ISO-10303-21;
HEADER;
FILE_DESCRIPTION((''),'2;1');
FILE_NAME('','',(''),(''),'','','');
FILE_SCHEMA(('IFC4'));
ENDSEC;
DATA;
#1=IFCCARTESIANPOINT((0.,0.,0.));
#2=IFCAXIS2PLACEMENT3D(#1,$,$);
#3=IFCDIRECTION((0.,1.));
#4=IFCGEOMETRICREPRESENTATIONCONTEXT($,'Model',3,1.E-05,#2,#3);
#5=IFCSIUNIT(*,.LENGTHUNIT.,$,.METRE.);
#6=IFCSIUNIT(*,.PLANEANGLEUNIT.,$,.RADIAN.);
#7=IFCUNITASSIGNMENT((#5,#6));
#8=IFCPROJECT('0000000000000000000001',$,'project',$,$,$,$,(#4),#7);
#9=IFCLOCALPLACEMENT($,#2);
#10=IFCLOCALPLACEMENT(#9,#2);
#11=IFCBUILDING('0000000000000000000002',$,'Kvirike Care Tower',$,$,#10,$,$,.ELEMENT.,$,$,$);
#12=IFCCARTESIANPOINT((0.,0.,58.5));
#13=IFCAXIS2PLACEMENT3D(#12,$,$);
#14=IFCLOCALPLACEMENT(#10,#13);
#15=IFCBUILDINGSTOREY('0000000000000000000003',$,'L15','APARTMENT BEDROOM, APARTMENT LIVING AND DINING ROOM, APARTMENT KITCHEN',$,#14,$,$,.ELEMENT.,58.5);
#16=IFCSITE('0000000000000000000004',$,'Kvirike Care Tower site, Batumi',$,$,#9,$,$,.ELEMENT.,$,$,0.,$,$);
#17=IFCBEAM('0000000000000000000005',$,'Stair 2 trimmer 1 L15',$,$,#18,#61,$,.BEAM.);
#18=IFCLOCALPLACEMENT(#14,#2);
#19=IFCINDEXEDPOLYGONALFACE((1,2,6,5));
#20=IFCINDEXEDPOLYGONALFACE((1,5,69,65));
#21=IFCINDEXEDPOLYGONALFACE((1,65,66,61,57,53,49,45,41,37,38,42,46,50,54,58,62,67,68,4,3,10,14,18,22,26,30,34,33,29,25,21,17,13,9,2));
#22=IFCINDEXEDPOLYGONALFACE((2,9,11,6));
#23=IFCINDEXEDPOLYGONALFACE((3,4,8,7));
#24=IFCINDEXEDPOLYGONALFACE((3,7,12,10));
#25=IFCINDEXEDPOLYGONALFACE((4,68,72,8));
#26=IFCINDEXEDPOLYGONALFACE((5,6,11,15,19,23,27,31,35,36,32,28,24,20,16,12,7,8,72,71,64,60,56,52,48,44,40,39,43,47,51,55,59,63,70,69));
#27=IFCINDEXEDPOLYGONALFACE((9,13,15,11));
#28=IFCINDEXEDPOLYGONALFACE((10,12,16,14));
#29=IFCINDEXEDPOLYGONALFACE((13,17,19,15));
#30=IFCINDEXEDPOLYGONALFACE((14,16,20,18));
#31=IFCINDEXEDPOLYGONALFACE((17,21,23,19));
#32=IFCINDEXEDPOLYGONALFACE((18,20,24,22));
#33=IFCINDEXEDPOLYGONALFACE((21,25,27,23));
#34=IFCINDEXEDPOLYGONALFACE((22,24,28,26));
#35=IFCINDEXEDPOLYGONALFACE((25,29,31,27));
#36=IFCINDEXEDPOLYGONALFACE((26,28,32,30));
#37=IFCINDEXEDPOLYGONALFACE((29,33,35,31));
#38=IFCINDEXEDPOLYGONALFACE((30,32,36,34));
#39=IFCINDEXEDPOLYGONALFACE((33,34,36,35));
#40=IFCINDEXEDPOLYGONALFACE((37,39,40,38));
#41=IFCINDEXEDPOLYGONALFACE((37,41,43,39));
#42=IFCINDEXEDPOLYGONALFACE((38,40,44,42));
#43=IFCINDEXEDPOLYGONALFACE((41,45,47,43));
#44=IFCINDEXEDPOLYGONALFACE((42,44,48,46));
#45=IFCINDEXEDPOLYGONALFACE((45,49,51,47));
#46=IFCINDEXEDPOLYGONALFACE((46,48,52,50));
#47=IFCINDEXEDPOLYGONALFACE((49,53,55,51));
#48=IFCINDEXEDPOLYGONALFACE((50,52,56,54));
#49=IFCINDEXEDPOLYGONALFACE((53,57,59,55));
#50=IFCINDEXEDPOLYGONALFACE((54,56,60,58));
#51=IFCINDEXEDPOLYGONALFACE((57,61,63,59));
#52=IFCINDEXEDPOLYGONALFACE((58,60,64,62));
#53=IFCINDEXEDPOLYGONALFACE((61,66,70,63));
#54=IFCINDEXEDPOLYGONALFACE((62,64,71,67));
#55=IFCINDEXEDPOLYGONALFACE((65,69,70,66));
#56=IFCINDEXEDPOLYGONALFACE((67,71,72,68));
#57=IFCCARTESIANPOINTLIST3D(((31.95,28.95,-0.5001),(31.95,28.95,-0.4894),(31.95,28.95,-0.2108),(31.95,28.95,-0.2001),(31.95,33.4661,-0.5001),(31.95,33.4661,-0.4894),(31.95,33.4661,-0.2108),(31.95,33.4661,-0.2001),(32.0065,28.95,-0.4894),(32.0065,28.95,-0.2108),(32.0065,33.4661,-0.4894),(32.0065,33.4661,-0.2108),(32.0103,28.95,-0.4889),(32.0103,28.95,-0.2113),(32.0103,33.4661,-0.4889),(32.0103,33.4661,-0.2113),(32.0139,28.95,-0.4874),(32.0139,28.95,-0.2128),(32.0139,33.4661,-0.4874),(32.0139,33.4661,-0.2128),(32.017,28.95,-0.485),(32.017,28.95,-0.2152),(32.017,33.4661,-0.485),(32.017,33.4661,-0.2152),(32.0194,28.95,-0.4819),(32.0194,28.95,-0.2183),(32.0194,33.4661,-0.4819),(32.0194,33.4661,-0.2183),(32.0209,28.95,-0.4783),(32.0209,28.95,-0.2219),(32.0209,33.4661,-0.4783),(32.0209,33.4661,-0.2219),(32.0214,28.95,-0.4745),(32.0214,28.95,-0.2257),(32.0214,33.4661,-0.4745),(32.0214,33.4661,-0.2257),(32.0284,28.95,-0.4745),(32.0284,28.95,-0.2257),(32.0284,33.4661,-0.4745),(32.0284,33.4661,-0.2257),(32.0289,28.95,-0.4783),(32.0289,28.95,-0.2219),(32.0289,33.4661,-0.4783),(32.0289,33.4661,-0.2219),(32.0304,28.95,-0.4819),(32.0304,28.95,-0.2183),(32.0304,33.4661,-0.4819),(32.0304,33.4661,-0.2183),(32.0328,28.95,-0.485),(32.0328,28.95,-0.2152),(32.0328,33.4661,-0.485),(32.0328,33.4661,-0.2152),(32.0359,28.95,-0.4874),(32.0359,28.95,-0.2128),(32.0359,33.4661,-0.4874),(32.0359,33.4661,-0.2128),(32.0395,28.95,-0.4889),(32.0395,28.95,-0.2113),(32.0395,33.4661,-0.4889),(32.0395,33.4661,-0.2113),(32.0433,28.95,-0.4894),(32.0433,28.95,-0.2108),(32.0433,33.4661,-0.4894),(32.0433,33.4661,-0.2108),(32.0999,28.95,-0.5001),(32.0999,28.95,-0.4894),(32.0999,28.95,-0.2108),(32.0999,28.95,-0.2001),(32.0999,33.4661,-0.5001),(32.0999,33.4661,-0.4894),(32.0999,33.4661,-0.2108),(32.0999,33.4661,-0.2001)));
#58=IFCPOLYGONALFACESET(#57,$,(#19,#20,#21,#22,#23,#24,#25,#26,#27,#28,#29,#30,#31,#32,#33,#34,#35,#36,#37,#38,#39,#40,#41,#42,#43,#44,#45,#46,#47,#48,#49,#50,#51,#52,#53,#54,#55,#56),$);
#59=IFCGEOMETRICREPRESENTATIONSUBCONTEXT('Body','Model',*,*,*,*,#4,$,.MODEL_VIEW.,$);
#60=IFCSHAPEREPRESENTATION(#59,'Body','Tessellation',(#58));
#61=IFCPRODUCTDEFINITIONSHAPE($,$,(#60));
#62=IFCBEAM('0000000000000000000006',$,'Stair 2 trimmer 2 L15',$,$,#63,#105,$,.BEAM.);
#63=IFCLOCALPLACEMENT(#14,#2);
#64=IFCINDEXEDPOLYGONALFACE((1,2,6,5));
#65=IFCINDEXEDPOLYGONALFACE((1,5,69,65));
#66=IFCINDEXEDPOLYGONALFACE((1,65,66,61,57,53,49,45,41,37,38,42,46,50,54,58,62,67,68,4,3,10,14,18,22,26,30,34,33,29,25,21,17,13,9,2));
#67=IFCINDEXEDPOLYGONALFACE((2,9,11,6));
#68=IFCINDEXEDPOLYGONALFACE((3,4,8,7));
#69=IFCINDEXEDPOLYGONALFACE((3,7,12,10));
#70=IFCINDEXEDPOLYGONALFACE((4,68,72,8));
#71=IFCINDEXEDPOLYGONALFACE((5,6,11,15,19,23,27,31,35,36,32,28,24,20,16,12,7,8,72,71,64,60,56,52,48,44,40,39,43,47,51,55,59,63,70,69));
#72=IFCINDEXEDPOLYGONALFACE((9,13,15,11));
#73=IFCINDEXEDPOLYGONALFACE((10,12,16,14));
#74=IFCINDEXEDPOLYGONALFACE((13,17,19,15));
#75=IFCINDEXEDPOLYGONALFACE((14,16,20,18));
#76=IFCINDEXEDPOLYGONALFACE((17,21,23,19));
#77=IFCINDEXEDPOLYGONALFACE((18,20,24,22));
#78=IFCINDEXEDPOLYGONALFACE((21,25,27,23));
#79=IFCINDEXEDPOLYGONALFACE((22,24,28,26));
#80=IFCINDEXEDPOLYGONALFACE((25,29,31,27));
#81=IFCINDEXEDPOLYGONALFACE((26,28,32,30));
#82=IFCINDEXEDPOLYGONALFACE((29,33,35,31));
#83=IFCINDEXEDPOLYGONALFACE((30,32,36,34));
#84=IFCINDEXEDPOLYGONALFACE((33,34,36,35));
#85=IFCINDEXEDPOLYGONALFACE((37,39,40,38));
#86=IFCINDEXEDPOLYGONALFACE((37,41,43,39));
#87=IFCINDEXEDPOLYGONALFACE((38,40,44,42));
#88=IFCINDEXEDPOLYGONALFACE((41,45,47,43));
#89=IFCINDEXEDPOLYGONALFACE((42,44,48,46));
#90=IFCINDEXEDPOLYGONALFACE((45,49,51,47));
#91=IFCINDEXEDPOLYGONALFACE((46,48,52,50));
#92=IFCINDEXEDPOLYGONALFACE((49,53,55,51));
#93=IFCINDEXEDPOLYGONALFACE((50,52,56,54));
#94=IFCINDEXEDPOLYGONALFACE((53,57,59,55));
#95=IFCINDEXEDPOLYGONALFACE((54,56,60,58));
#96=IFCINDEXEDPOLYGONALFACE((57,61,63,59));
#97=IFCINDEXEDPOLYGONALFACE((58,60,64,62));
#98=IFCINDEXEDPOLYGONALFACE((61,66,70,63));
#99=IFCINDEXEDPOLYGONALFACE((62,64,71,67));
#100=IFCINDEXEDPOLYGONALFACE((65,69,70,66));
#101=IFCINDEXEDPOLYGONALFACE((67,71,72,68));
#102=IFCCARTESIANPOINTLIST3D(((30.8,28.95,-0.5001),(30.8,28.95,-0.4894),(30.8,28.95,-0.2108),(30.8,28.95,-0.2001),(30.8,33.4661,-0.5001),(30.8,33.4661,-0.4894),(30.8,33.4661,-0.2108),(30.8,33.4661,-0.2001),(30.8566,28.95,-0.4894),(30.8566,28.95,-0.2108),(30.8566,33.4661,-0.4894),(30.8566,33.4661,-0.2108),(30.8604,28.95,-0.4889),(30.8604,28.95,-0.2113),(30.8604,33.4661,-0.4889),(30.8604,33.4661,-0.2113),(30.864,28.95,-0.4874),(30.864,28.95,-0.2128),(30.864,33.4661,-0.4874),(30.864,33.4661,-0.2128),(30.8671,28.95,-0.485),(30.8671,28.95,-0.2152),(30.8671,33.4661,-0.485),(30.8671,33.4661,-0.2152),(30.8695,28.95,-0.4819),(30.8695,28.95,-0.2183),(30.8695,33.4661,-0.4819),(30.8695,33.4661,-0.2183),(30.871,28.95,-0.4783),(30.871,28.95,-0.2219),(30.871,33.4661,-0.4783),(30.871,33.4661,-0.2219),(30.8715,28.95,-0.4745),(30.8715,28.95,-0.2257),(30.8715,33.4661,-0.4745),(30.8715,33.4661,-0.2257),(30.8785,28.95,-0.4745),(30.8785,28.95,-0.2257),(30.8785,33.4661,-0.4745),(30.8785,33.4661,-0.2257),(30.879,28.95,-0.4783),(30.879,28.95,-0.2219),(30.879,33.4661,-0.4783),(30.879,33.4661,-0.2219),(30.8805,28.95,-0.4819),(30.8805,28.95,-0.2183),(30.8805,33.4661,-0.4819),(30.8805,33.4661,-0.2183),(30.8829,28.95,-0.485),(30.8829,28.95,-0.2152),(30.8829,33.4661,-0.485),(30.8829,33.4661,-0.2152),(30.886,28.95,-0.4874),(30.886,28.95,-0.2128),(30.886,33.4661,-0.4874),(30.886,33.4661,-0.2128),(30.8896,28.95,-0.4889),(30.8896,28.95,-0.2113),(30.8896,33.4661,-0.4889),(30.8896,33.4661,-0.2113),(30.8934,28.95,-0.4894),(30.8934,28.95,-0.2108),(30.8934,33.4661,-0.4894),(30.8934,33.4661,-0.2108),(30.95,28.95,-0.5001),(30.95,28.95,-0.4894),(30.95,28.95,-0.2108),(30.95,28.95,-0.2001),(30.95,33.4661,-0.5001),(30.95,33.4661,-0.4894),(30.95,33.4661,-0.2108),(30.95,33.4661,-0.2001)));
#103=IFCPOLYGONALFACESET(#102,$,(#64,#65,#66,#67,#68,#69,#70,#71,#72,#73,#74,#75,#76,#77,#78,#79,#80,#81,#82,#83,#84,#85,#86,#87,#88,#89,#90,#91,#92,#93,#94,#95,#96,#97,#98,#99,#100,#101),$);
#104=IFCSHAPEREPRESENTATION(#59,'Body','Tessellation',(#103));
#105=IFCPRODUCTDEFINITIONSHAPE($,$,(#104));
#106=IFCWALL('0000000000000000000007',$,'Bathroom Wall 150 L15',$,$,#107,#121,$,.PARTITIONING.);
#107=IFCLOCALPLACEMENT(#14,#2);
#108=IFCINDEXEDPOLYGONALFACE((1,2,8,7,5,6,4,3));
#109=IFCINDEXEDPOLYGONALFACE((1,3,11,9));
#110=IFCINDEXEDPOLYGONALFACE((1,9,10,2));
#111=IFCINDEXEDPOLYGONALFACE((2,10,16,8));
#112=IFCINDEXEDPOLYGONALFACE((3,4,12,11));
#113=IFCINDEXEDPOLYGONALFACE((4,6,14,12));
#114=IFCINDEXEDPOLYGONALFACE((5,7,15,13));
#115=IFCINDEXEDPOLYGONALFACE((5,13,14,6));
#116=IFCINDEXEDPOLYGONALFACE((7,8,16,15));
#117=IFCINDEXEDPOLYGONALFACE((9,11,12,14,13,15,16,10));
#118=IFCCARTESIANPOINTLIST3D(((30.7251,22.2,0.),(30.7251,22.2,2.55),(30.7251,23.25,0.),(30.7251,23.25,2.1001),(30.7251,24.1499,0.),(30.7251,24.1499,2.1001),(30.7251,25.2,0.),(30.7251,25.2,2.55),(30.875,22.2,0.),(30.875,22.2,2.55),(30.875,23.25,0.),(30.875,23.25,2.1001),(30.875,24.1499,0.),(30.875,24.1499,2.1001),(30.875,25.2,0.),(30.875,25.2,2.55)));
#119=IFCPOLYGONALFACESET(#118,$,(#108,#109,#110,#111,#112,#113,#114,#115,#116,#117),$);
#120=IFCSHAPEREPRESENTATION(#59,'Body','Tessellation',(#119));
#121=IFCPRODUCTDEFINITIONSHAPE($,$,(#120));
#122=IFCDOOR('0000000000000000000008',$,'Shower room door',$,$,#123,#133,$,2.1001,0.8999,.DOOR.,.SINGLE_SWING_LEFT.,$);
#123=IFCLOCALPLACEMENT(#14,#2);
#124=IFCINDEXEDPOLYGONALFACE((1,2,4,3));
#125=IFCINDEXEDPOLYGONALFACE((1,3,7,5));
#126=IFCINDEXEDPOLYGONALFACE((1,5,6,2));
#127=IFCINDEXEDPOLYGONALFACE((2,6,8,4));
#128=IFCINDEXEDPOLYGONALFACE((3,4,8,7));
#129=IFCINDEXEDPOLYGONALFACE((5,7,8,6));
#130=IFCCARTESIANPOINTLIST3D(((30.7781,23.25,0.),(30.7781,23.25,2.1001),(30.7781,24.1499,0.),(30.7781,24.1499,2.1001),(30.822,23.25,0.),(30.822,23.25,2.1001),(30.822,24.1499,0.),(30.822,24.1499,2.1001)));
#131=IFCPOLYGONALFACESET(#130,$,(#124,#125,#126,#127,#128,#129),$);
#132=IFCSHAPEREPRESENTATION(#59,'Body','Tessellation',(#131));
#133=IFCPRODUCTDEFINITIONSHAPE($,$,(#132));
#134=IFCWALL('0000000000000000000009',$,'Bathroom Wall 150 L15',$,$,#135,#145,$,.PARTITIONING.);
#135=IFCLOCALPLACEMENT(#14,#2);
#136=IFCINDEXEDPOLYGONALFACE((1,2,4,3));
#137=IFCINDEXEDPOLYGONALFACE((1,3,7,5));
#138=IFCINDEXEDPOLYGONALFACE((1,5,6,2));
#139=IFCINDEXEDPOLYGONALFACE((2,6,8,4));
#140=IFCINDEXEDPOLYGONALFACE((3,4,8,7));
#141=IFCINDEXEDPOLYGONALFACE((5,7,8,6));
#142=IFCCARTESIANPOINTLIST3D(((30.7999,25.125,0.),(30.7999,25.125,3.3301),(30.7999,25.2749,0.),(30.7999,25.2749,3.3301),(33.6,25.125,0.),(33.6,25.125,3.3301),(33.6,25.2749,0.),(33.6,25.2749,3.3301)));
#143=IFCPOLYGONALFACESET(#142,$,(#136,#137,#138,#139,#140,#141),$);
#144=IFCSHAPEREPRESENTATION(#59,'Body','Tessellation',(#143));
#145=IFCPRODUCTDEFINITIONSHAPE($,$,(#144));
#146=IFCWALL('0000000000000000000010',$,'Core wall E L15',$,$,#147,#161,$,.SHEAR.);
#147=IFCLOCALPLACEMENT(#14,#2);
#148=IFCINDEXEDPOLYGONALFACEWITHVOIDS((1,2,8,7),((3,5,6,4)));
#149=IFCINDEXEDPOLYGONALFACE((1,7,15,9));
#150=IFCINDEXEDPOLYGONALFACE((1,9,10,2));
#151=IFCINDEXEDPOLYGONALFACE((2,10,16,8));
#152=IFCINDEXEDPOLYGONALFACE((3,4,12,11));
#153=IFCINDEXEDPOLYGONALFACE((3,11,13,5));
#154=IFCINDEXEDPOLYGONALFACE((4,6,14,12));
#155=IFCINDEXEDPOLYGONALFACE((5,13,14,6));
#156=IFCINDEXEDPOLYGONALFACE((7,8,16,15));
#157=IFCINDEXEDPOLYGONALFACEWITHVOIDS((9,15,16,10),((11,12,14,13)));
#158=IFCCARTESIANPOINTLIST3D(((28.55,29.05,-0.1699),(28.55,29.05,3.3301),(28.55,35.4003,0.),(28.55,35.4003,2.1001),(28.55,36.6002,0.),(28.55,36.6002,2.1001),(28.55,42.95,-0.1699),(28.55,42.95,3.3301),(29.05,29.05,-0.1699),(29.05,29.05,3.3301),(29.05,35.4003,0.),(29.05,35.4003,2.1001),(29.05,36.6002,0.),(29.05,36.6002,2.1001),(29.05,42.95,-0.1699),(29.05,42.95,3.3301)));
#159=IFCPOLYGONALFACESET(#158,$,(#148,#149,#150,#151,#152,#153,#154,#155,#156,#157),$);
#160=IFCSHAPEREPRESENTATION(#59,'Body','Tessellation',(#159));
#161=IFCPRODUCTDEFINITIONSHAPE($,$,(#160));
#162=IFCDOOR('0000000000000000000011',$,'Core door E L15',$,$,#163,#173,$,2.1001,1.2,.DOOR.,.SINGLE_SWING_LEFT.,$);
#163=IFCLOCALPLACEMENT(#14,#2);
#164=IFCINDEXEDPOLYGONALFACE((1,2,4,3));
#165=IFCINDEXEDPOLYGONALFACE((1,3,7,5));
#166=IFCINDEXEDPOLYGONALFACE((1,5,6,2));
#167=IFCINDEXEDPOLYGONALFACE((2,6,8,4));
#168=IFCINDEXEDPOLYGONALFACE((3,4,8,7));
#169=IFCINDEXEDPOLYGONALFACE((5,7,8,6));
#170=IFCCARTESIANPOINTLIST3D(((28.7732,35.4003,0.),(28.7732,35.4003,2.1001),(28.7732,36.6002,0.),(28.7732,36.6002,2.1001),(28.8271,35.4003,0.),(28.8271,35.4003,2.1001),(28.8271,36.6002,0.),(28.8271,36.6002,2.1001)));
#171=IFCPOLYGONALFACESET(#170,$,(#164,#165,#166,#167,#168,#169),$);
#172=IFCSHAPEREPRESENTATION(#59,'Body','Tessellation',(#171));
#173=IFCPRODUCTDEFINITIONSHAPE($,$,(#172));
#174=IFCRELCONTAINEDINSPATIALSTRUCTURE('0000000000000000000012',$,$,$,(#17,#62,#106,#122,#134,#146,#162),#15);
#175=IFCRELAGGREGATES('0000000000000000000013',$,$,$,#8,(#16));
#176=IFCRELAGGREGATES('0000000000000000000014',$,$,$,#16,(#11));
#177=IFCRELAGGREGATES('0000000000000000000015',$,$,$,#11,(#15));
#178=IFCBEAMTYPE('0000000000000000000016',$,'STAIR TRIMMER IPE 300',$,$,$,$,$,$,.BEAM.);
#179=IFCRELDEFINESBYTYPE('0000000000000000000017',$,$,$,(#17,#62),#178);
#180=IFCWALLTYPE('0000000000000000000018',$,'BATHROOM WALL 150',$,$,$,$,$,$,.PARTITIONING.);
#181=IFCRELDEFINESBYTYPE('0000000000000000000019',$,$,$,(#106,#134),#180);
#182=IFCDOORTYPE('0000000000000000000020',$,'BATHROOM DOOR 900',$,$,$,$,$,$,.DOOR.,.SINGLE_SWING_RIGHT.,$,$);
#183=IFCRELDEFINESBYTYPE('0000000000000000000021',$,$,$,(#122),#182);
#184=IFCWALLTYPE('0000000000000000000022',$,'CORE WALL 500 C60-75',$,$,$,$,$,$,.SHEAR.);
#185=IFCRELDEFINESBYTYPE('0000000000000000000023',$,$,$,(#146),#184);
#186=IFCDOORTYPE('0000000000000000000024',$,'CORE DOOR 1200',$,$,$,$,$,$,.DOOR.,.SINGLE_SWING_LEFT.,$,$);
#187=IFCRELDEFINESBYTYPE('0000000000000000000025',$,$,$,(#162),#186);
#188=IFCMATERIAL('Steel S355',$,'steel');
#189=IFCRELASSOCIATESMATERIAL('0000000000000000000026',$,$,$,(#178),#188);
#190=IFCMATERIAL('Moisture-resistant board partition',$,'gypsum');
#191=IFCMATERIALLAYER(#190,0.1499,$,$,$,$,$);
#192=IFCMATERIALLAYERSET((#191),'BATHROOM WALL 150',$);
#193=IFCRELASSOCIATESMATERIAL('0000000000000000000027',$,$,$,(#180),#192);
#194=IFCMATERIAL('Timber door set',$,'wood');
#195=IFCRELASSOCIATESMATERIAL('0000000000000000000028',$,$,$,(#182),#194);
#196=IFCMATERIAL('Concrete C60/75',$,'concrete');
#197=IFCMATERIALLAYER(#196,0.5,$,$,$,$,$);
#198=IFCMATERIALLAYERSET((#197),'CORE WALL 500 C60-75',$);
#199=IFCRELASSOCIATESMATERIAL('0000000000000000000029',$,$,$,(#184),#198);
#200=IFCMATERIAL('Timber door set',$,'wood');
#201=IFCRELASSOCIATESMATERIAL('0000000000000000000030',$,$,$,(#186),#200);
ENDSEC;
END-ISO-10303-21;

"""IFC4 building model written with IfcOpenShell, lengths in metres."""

from ifc_helpers import new_model, si_unit, direction, frame, frame_2d, origin, origin_2d, place, context, subcontext, project, spatial, rectangle, i_section, extrude, material, layer, layer_set, material_profile, profile_set, type_object, element, fill, save


model = new_model("IFC4")

# Units and contexts
model_context = context("Model", 3, precision=1e-05, world=origin(), true_north=direction((0.0, 1.0)))
body_context = subcontext(model_context, "Body", "Model", "MODEL_VIEW")
ifc_project = project(units=[si_unit("LENGTHUNIT", "METRE"), si_unit("PLANEANGLEUNIT", "RADIAN")], contexts=[model_context])

# Site, building, storey
site_placement = place(None, origin())
site = spatial("IfcSite", under=ifc_project, at=site_placement, Name="Kvirike Care Tower site, Batumi", CompositionType="ELEMENT", RefElevation=0.0)
building_placement = place(site_placement, origin())
building = spatial("IfcBuilding", under=site, at=building_placement, Name="Kvirike Care Tower", CompositionType="ELEMENT")
storey_placement = place(building_placement, frame((0.0, 0.0, 58.5)))
storey = spatial("IfcBuildingStorey", under=building, at=storey_placement, Name="L15", Description="APARTMENT BEDROOM, APARTMENT LIVING AND DINING ROOM, APARTMENT KITCHEN", CompositionType="ELEMENT", Elevation=58.5)

# Beams
ifc_material_1 = material(Name="Steel S355", Category="steel")
ifc_material_profile_1 = material_profile(ifc_material_1, i_section(OverallWidth=0.1499, OverallDepth=0.3, WebThickness=0.0071, FlangeThickness=0.0107, FilletRadius=0.0149, at=origin_2d()), Name="IPE 300")
ifc_profile_set_1 = profile_set([ifc_material_profile_1], Name="Steel S355")
beam_type_1 = type_object("IfcBeamType", Name="STAIR TRIMMER IPE 300", PredefinedType="BEAM", material=ifc_profile_set_1)
for number, where, z_axis, x_axis, name in (
    (1, (32.0249, 28.95, -0.3501), (0.0, 1.0, 0.0), (-1.0, 0.0, 0.0), "Stair 2 trimmer 1 L15"),
    (2, (30.875, 28.95, -0.3501), (0.0, 1.0, 0.0), (-1.0, 0.0, 0.0), "Stair 2 trimmer 2 L15"),
):
    element("IfcBeam", number, at=place(storey_placement, frame(where, z_axis=z_axis, x_axis=x_axis)), inside=storey, type_object=beam_type_1, Name=name, PredefinedType="BEAM", context=body_context, shape_type="SweptSolid", body=[
        extrude(i_section(OverallWidth=0.1499, OverallDepth=0.3, WebThickness=0.0071, FlangeThickness=0.0107, FilletRadius=0.0149, at=origin_2d()), origin(), (0.0, 0.0, 1.0), 4.5161),
    ])

# Wall, opening, door
ifc_material_2 = material(Name="Moisture-resistant board partition", Category="gypsum")
ifc_layer_1 = layer(ifc_material_2, 0.1499)
ifc_layer_set_1 = layer_set([ifc_layer_1], Name="BATHROOM WALL 150")
wall_type_1 = type_object("IfcWallType", Name="BATHROOM WALL 150", PredefinedType="PARTITIONING", material=ifc_layer_set_1)
wall_1_placement = place(storey_placement, frame((30.8, 22.2, 0.0), z_axis=(0.0, 0.0, 1.0), x_axis=(0.0, 1.0, 0.0)))
wall_1 = element("IfcWall", 3, at=wall_1_placement, inside=storey, type_object=wall_type_1, Name="Bathroom Wall 150 L15", PredefinedType="PARTITIONING", context=body_context, shape_type="SweptSolid", body=[
    extrude(rectangle(XDim=3.0, YDim=0.1499, at=frame_2d((1.5, 0.0))), origin(), (0.0, 0.0, 1.0), 2.55),
])
opening_1_placement = place(wall_1_placement, frame((1.05, 0.0, 0.0)))
opening_1 = element("IfcOpeningElement", 4, at=opening_1_placement, cuts=wall_1, PredefinedType="OPENING", context=body_context, shape_type="SweptSolid", body=[
    extrude(rectangle(XDim=0.8999, YDim=2.1001, at=frame_2d((0.45, 1.05))), frame((0.0, 0.0854, 0.0), z_axis=(0.0, -1.0, 0.0), x_axis=(1.0, 0.0, 0.0)), (0.0, 0.0, 1.0), 0.1709),
])
ifc_material_3 = material(Name="Timber door set", Category="wood")
door_type_1 = type_object("IfcDoorType", Name="BATHROOM DOOR 900", OperationType="SINGLE_SWING_RIGHT", PredefinedType="DOOR", material=ifc_material_3)
door_1_placement = place(opening_1_placement, frame((0.8999, 0.0, 0.0), z_axis=(0.0, 0.0, 1.0), x_axis=(-1.0, 0.0, 0.0)))
door_1 = element("IfcDoor", 5, at=door_1_placement, inside=storey, type_object=door_type_1, Name="Shower room door", OperationType="SINGLE_SWING_LEFT", OverallHeight=2.1001, OverallWidth=0.8999, PredefinedType="DOOR", context=body_context, shape_type="SweptSolid", body=[
    extrude(rectangle(XDim=0.8999, YDim=2.1001, at=frame_2d((0.45, 1.05))), frame((0.0, 0.022, 0.0), z_axis=(0.0, -1.0, 0.0), x_axis=(1.0, 0.0, 0.0)), (0.0, 0.0, 1.0), 0.0439),
])
fill(opening_1, door_1)

# Wall
wall_2_placement = place(storey_placement, frame((30.8, 25.2, 0.0), z_axis=(0.0, 0.0, 1.0), x_axis=(1.0, 0.0, 0.0)))
element("IfcWall", 6, at=wall_2_placement, inside=storey, type_object=wall_type_1, Name="Bathroom Wall 150 L15", PredefinedType="PARTITIONING", context=body_context, shape_type="SweptSolid", body=[
    extrude(rectangle(XDim=2.8, YDim=0.1499, at=frame_2d((1.3999, 0.0))), origin(), (0.0, 0.0, 1.0), 3.3301),
])

# Wall, opening, door
ifc_material_4 = material(Name="Concrete C60/75", Category="concrete")
ifc_layer_2 = layer(ifc_material_4, 0.5)
ifc_layer_set_2 = layer_set([ifc_layer_2], Name="CORE WALL 500 C60-75")
wall_type_2 = type_object("IfcWallType", Name="CORE WALL 500 C60-75", PredefinedType="SHEAR", material=ifc_layer_set_2)
wall_3_placement = place(storey_placement, frame((28.8, 29.05, -0.1699), z_axis=(0.0, 0.0, 1.0), x_axis=(0.0, 1.0, 0.0)))
wall_3 = element("IfcWall", 7, at=wall_3_placement, inside=storey, type_object=wall_type_2, Name="Core wall E L15", PredefinedType="SHEAR", context=body_context, shape_type="SweptSolid", body=[
    extrude(rectangle(XDim=13.8999, YDim=0.5, at=frame_2d((6.95, 0.0))), origin(), (0.0, 0.0, 1.0), 3.5),
])
opening_2_placement = place(wall_3_placement, frame((6.3501, 0.0, 0.1699)))
opening_2 = element("IfcOpeningElement", 8, at=opening_2_placement, cuts=wall_3, PredefinedType="OPENING", context=body_context, shape_type="SweptSolid", body=[
    extrude(rectangle(XDim=1.2, YDim=2.1001, at=frame_2d((0.6001, 1.05))), frame((0.0, 0.2605, 0.0), z_axis=(0.0, -1.0, 0.0), x_axis=(1.0, 0.0, 0.0)), (0.0, 0.0, 1.0), 0.521),
])
ifc_material_5 = material(Name="Timber door set", Category="wood")
door_type_2 = type_object("IfcDoorType", Name="CORE DOOR 1200", OperationType="SINGLE_SWING_LEFT", PredefinedType="DOOR", material=ifc_material_5)
door_2_placement = place(opening_2_placement, origin())
door_2 = element("IfcDoor", 9, at=door_2_placement, inside=storey, type_object=door_type_2, Name="Core door E L15", OperationType="SINGLE_SWING_LEFT", OverallHeight=2.1001, OverallWidth=1.2, PredefinedType="DOOR", context=body_context, shape_type="SweptSolid", body=[
    extrude(rectangle(XDim=1.2, YDim=2.1001, at=frame_2d((0.6001, 1.05))), frame((0.0, 0.0269, 0.0), z_axis=(0.0, -1.0, 0.0), x_axis=(1.0, 0.0, 0.0)), (0.0, 0.0, 1.0), 0.054),
])
fill(opening_2, door_2)

save(model, "model.ifc")
